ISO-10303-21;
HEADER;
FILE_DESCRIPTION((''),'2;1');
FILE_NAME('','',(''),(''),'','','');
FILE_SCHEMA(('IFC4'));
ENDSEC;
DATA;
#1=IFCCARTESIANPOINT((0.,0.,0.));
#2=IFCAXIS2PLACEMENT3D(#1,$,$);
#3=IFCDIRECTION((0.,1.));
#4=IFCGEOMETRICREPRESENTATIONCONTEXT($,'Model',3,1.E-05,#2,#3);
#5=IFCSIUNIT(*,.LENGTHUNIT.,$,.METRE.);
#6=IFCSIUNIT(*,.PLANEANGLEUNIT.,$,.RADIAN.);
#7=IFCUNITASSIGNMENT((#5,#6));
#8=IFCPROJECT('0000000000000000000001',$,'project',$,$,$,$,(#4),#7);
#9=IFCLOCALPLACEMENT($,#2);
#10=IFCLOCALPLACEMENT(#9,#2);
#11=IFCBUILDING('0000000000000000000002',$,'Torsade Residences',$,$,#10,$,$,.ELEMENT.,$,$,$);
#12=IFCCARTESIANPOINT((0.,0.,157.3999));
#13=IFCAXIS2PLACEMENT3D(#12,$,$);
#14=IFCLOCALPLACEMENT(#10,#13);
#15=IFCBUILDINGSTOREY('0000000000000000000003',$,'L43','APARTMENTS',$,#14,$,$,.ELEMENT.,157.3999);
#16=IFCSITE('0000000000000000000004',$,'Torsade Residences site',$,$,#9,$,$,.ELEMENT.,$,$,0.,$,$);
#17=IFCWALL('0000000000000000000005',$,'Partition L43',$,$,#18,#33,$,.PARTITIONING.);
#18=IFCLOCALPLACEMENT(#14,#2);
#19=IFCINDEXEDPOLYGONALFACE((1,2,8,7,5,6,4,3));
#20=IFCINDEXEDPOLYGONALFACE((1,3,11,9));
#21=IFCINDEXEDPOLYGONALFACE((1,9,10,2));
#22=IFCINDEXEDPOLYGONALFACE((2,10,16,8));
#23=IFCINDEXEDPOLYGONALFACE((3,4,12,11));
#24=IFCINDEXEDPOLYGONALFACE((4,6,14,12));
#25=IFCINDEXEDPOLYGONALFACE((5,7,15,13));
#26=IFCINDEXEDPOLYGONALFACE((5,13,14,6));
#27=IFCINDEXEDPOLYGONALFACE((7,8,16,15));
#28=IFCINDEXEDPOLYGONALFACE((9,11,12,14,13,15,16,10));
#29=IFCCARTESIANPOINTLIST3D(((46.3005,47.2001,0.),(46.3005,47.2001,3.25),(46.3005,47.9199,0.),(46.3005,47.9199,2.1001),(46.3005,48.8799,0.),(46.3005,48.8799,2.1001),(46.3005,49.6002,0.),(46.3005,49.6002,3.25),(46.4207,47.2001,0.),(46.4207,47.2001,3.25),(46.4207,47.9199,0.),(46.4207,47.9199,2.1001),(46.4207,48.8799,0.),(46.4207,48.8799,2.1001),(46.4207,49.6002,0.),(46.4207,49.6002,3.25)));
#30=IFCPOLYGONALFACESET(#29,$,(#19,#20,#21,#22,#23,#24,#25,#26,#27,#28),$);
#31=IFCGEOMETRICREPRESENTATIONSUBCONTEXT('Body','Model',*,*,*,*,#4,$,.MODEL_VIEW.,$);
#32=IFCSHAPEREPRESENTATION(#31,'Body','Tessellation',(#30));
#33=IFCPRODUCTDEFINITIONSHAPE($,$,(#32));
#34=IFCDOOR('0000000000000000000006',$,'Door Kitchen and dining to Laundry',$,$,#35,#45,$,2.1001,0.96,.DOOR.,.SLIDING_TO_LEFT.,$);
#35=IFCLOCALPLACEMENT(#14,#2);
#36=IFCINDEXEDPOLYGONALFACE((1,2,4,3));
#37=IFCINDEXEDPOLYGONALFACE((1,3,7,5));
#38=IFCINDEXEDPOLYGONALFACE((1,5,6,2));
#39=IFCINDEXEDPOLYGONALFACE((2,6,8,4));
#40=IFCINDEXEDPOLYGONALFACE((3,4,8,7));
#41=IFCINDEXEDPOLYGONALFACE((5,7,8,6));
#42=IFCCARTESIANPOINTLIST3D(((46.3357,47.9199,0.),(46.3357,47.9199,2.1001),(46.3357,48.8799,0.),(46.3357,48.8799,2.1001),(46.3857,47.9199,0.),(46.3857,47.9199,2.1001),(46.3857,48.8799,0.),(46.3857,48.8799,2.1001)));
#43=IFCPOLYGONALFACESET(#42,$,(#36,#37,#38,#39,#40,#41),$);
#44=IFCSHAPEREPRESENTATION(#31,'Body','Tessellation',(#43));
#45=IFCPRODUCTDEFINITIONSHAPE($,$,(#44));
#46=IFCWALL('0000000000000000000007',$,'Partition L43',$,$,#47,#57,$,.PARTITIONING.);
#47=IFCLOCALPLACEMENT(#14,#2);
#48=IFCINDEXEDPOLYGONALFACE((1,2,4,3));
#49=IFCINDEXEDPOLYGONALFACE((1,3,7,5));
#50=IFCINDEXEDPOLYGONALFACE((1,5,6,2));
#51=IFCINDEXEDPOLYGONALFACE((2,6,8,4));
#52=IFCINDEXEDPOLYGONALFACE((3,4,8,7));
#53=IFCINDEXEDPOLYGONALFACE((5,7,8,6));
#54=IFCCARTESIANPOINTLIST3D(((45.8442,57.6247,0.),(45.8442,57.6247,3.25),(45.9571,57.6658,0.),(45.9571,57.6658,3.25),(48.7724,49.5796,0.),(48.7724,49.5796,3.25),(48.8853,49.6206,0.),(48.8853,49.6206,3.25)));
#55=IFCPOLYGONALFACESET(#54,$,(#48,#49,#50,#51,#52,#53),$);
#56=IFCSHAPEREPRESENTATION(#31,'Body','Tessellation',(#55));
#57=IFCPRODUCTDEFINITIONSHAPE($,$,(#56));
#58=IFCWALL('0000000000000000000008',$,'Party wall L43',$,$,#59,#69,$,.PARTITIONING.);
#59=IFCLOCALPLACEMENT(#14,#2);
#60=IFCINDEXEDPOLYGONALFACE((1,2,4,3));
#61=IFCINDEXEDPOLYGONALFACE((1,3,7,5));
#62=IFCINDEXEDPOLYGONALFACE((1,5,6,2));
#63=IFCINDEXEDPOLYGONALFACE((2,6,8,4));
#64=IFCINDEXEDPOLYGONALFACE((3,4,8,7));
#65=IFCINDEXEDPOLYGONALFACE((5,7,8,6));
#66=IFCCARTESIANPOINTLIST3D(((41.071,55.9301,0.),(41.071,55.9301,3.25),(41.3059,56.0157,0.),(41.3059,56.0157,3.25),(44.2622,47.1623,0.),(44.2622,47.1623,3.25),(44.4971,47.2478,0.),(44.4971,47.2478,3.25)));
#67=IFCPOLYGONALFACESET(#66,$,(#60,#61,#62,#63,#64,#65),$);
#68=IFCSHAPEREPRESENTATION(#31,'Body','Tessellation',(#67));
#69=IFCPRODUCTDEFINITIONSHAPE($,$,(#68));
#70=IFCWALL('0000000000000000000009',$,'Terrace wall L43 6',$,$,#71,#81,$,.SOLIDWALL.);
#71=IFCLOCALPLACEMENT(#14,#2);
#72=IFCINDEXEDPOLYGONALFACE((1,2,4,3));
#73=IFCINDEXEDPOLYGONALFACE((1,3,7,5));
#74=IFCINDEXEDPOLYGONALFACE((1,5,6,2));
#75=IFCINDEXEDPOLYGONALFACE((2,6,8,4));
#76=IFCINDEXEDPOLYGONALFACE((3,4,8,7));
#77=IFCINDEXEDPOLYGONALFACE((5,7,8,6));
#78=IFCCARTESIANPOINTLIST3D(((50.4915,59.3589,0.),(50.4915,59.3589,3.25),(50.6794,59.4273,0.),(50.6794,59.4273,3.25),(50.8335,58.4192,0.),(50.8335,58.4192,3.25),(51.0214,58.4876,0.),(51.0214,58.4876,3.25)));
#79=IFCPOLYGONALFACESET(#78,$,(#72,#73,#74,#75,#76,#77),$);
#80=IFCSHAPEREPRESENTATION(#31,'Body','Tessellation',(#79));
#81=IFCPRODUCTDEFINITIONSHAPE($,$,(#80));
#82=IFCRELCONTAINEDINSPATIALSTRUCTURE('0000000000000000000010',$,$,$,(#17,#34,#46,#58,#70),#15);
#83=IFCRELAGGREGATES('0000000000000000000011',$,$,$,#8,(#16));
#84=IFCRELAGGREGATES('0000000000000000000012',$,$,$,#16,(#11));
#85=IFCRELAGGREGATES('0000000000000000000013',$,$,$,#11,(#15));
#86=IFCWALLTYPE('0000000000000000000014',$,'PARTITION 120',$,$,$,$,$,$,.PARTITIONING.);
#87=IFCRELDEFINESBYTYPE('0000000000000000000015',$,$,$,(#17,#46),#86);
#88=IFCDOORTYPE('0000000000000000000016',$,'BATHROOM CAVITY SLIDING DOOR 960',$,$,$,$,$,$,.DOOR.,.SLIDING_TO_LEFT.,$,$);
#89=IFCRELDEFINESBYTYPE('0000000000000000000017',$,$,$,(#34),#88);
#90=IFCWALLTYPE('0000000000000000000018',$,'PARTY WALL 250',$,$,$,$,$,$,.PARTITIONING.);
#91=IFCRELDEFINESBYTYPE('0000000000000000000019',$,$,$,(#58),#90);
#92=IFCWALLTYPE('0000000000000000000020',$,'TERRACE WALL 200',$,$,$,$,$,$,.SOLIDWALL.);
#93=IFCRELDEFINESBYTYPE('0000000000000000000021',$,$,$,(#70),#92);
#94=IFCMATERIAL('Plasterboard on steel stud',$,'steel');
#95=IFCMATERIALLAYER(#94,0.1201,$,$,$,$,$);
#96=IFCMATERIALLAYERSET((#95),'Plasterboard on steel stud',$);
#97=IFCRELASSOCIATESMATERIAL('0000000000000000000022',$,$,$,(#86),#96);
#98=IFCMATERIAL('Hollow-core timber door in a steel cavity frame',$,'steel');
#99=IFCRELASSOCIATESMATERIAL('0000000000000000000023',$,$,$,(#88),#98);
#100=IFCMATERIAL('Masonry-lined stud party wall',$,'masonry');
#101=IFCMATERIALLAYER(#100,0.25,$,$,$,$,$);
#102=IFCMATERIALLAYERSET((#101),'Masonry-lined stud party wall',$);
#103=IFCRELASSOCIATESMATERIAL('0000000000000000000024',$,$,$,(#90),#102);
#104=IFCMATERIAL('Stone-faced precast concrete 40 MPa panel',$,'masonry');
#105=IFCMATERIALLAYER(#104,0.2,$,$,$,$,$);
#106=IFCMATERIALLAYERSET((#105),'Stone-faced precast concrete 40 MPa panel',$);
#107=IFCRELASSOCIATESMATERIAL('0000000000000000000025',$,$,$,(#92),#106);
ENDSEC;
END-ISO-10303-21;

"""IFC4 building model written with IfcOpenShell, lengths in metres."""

from ifc_helpers import new_model, si_unit, direction, frame, frame_2d, origin, place, context, subcontext, project, spatial, rectangle, extrude, material, layer, layer_set, type_object, element, fill, save


model = new_model("IFC4")

# Units and contexts
model_context = context("Model", 3, precision=1e-05, world=origin(), true_north=direction((0.0, 1.0)))
body_context = subcontext(model_context, "Body", "Model", "MODEL_VIEW")
ifc_project = project(units=[si_unit("LENGTHUNIT", "METRE"), si_unit("PLANEANGLEUNIT", "RADIAN")], contexts=[model_context])

# Site, building, storey
site_placement = place(None, origin())
site = spatial("IfcSite", under=ifc_project, at=site_placement, Name="Torsade Residences site", CompositionType="ELEMENT", RefElevation=0.0)
building_placement = place(site_placement, origin())
building = spatial("IfcBuilding", under=site, at=building_placement, Name="Torsade Residences", CompositionType="ELEMENT")
storey_placement = place(building_placement, frame((0.0, 0.0, 157.3999)))
storey = spatial("IfcBuildingStorey", under=building, at=storey_placement, Name="L43", Description="APARTMENTS", CompositionType="ELEMENT", Elevation=157.3999)

# Wall, opening, door
ifc_material_1 = material(Name="Plasterboard on steel stud", Category="steel")
ifc_layer_1 = layer(ifc_material_1, 0.1201)
ifc_layer_set_1 = layer_set([ifc_layer_1], Name="Plasterboard on steel stud")
wall_type_1 = type_object("IfcWallType", Name="PARTITION 120", PredefinedType="PARTITIONING", material=ifc_layer_set_1)
wall_1_placement = place(storey_placement, frame((46.3606, 47.2, 0.0), z_axis=(0.0, 0.0, 1.0), x_axis=(0.0, 1.0, 0.0)))
wall_1 = element("IfcWall", 1, at=wall_1_placement, inside=storey, type_object=wall_type_1, Name="Partition L43", PredefinedType="PARTITIONING", context=body_context, shape_type="SweptSolid", body=[
    extrude(rectangle(XDim=2.4001, YDim=0.1201, at=frame_2d((1.2002, 0.0))), origin(), (0.0, 0.0, 1.0), 3.25),
])
opening_placement = place(wall_1_placement, frame((0.72, 0.0, 0.0)))
opening = element("IfcOpeningElement", 2, at=opening_placement, cuts=wall_1, PredefinedType="OPENING", context=body_context, shape_type="SweptSolid", body=[
    extrude(rectangle(XDim=0.96, YDim=2.1001, at=frame_2d((0.48, 1.05))), frame((0.0, 0.0701, 0.0), z_axis=(0.0, -1.0, 0.0), x_axis=(1.0, 0.0, 0.0)), (0.0, 0.0, 1.0), 0.1401),
])
ifc_material_2 = material(Name="Hollow-core timber door in a steel cavity frame", Category="steel")
door_type = type_object("IfcDoorType", Name="BATHROOM CAVITY SLIDING DOOR 960", OperationType="SLIDING_TO_LEFT", PredefinedType="DOOR", material=ifc_material_2)
door_placement = place(opening_placement, origin())
door = element("IfcDoor", 3, at=door_placement, inside=storey, type_object=door_type, Name="Door Kitchen and dining to Laundry", OperationType="SLIDING_TO_LEFT", OverallHeight=2.1001, OverallWidth=0.96, PredefinedType="DOOR", context=body_context, shape_type="SweptSolid", body=[
    extrude(rectangle(XDim=0.96, YDim=2.1001, at=frame_2d((0.48, 1.05))), frame((0.0, 0.0249, 0.0), z_axis=(0.0, -1.0, 0.0), x_axis=(1.0, 0.0, 0.0)), (0.0, 0.0, 1.0), 0.05),
])
fill(opening, door)

# Walls
wall_2_placement = place(storey_placement, frame((48.8289, 49.6001, 0.0), z_axis=(0.0, 0.0, 1.0), x_axis=(-0.342022, 0.939692, 0.0)))
element("IfcWall", 4, at=wall_2_placement, inside=storey, type_object=wall_type_1, Name="Partition L43", PredefinedType="PARTITIONING", context=body_context, shape_type="SweptSolid", body=[
    extrude(rectangle(XDim=8.5615, YDim=0.1201, at=frame_2d((4.2808, 0.0))), origin(), (0.0, 0.0, 1.0), 3.25),
])
ifc_material_3 = material(Name="Masonry-lined stud party wall", Category="masonry")
ifc_layer_2 = layer(ifc_material_3, 0.25)
ifc_layer_set_2 = layer_set([ifc_layer_2], Name="Masonry-lined stud party wall")
wall_type_2 = type_object("IfcWallType", Name="PARTY WALL 250", PredefinedType="PARTITIONING", material=ifc_layer_set_2)
wall_3_placement = place(storey_placement, frame((41.1885, 55.9729, 0.0), z_axis=(0.0, 0.0, 1.0), x_axis=(0.342014, -0.939695, 0.0)))
element("IfcWall", 5, at=wall_3_placement, inside=storey, type_object=wall_type_2, Name="Party wall L43", PredefinedType="PARTITIONING", context=body_context, shape_type="SweptSolid", body=[
    extrude(rectangle(XDim=9.3306, YDim=0.25, at=frame_2d((4.6653, 0.0))), origin(), (0.0, 0.0, 1.0), 3.25),
])
ifc_material_4 = material(Name="Stone-faced precast concrete 40 MPa panel", Category="masonry")
ifc_layer_3 = layer(ifc_material_4, 0.2)
ifc_layer_set_3 = layer_set([ifc_layer_3], Name="Stone-faced precast concrete 40 MPa panel")
wall_type_3 = type_object("IfcWallType", Name="TERRACE WALL 200", PredefinedType="SOLIDWALL", material=ifc_layer_set_3)
wall_4_placement = place(storey_placement, frame((50.9275, 58.4534, 0.0), z_axis=(0.0, 0.0, 1.0), x_axis=(-0.342037, 0.939686, 0.0)))
element("IfcWall", 6, at=wall_4_placement, inside=storey, type_object=wall_type_3, Name="Terrace wall L43 6", PredefinedType="SOLIDWALL", context=body_context, shape_type="SweptSolid", body=[
    extrude(rectangle(XDim=1.0, YDim=0.2, at=frame_2d((0.5, 0.0))), origin(), (0.0, 0.0, 1.0), 3.25),
])

save(model, "model.ifc")
